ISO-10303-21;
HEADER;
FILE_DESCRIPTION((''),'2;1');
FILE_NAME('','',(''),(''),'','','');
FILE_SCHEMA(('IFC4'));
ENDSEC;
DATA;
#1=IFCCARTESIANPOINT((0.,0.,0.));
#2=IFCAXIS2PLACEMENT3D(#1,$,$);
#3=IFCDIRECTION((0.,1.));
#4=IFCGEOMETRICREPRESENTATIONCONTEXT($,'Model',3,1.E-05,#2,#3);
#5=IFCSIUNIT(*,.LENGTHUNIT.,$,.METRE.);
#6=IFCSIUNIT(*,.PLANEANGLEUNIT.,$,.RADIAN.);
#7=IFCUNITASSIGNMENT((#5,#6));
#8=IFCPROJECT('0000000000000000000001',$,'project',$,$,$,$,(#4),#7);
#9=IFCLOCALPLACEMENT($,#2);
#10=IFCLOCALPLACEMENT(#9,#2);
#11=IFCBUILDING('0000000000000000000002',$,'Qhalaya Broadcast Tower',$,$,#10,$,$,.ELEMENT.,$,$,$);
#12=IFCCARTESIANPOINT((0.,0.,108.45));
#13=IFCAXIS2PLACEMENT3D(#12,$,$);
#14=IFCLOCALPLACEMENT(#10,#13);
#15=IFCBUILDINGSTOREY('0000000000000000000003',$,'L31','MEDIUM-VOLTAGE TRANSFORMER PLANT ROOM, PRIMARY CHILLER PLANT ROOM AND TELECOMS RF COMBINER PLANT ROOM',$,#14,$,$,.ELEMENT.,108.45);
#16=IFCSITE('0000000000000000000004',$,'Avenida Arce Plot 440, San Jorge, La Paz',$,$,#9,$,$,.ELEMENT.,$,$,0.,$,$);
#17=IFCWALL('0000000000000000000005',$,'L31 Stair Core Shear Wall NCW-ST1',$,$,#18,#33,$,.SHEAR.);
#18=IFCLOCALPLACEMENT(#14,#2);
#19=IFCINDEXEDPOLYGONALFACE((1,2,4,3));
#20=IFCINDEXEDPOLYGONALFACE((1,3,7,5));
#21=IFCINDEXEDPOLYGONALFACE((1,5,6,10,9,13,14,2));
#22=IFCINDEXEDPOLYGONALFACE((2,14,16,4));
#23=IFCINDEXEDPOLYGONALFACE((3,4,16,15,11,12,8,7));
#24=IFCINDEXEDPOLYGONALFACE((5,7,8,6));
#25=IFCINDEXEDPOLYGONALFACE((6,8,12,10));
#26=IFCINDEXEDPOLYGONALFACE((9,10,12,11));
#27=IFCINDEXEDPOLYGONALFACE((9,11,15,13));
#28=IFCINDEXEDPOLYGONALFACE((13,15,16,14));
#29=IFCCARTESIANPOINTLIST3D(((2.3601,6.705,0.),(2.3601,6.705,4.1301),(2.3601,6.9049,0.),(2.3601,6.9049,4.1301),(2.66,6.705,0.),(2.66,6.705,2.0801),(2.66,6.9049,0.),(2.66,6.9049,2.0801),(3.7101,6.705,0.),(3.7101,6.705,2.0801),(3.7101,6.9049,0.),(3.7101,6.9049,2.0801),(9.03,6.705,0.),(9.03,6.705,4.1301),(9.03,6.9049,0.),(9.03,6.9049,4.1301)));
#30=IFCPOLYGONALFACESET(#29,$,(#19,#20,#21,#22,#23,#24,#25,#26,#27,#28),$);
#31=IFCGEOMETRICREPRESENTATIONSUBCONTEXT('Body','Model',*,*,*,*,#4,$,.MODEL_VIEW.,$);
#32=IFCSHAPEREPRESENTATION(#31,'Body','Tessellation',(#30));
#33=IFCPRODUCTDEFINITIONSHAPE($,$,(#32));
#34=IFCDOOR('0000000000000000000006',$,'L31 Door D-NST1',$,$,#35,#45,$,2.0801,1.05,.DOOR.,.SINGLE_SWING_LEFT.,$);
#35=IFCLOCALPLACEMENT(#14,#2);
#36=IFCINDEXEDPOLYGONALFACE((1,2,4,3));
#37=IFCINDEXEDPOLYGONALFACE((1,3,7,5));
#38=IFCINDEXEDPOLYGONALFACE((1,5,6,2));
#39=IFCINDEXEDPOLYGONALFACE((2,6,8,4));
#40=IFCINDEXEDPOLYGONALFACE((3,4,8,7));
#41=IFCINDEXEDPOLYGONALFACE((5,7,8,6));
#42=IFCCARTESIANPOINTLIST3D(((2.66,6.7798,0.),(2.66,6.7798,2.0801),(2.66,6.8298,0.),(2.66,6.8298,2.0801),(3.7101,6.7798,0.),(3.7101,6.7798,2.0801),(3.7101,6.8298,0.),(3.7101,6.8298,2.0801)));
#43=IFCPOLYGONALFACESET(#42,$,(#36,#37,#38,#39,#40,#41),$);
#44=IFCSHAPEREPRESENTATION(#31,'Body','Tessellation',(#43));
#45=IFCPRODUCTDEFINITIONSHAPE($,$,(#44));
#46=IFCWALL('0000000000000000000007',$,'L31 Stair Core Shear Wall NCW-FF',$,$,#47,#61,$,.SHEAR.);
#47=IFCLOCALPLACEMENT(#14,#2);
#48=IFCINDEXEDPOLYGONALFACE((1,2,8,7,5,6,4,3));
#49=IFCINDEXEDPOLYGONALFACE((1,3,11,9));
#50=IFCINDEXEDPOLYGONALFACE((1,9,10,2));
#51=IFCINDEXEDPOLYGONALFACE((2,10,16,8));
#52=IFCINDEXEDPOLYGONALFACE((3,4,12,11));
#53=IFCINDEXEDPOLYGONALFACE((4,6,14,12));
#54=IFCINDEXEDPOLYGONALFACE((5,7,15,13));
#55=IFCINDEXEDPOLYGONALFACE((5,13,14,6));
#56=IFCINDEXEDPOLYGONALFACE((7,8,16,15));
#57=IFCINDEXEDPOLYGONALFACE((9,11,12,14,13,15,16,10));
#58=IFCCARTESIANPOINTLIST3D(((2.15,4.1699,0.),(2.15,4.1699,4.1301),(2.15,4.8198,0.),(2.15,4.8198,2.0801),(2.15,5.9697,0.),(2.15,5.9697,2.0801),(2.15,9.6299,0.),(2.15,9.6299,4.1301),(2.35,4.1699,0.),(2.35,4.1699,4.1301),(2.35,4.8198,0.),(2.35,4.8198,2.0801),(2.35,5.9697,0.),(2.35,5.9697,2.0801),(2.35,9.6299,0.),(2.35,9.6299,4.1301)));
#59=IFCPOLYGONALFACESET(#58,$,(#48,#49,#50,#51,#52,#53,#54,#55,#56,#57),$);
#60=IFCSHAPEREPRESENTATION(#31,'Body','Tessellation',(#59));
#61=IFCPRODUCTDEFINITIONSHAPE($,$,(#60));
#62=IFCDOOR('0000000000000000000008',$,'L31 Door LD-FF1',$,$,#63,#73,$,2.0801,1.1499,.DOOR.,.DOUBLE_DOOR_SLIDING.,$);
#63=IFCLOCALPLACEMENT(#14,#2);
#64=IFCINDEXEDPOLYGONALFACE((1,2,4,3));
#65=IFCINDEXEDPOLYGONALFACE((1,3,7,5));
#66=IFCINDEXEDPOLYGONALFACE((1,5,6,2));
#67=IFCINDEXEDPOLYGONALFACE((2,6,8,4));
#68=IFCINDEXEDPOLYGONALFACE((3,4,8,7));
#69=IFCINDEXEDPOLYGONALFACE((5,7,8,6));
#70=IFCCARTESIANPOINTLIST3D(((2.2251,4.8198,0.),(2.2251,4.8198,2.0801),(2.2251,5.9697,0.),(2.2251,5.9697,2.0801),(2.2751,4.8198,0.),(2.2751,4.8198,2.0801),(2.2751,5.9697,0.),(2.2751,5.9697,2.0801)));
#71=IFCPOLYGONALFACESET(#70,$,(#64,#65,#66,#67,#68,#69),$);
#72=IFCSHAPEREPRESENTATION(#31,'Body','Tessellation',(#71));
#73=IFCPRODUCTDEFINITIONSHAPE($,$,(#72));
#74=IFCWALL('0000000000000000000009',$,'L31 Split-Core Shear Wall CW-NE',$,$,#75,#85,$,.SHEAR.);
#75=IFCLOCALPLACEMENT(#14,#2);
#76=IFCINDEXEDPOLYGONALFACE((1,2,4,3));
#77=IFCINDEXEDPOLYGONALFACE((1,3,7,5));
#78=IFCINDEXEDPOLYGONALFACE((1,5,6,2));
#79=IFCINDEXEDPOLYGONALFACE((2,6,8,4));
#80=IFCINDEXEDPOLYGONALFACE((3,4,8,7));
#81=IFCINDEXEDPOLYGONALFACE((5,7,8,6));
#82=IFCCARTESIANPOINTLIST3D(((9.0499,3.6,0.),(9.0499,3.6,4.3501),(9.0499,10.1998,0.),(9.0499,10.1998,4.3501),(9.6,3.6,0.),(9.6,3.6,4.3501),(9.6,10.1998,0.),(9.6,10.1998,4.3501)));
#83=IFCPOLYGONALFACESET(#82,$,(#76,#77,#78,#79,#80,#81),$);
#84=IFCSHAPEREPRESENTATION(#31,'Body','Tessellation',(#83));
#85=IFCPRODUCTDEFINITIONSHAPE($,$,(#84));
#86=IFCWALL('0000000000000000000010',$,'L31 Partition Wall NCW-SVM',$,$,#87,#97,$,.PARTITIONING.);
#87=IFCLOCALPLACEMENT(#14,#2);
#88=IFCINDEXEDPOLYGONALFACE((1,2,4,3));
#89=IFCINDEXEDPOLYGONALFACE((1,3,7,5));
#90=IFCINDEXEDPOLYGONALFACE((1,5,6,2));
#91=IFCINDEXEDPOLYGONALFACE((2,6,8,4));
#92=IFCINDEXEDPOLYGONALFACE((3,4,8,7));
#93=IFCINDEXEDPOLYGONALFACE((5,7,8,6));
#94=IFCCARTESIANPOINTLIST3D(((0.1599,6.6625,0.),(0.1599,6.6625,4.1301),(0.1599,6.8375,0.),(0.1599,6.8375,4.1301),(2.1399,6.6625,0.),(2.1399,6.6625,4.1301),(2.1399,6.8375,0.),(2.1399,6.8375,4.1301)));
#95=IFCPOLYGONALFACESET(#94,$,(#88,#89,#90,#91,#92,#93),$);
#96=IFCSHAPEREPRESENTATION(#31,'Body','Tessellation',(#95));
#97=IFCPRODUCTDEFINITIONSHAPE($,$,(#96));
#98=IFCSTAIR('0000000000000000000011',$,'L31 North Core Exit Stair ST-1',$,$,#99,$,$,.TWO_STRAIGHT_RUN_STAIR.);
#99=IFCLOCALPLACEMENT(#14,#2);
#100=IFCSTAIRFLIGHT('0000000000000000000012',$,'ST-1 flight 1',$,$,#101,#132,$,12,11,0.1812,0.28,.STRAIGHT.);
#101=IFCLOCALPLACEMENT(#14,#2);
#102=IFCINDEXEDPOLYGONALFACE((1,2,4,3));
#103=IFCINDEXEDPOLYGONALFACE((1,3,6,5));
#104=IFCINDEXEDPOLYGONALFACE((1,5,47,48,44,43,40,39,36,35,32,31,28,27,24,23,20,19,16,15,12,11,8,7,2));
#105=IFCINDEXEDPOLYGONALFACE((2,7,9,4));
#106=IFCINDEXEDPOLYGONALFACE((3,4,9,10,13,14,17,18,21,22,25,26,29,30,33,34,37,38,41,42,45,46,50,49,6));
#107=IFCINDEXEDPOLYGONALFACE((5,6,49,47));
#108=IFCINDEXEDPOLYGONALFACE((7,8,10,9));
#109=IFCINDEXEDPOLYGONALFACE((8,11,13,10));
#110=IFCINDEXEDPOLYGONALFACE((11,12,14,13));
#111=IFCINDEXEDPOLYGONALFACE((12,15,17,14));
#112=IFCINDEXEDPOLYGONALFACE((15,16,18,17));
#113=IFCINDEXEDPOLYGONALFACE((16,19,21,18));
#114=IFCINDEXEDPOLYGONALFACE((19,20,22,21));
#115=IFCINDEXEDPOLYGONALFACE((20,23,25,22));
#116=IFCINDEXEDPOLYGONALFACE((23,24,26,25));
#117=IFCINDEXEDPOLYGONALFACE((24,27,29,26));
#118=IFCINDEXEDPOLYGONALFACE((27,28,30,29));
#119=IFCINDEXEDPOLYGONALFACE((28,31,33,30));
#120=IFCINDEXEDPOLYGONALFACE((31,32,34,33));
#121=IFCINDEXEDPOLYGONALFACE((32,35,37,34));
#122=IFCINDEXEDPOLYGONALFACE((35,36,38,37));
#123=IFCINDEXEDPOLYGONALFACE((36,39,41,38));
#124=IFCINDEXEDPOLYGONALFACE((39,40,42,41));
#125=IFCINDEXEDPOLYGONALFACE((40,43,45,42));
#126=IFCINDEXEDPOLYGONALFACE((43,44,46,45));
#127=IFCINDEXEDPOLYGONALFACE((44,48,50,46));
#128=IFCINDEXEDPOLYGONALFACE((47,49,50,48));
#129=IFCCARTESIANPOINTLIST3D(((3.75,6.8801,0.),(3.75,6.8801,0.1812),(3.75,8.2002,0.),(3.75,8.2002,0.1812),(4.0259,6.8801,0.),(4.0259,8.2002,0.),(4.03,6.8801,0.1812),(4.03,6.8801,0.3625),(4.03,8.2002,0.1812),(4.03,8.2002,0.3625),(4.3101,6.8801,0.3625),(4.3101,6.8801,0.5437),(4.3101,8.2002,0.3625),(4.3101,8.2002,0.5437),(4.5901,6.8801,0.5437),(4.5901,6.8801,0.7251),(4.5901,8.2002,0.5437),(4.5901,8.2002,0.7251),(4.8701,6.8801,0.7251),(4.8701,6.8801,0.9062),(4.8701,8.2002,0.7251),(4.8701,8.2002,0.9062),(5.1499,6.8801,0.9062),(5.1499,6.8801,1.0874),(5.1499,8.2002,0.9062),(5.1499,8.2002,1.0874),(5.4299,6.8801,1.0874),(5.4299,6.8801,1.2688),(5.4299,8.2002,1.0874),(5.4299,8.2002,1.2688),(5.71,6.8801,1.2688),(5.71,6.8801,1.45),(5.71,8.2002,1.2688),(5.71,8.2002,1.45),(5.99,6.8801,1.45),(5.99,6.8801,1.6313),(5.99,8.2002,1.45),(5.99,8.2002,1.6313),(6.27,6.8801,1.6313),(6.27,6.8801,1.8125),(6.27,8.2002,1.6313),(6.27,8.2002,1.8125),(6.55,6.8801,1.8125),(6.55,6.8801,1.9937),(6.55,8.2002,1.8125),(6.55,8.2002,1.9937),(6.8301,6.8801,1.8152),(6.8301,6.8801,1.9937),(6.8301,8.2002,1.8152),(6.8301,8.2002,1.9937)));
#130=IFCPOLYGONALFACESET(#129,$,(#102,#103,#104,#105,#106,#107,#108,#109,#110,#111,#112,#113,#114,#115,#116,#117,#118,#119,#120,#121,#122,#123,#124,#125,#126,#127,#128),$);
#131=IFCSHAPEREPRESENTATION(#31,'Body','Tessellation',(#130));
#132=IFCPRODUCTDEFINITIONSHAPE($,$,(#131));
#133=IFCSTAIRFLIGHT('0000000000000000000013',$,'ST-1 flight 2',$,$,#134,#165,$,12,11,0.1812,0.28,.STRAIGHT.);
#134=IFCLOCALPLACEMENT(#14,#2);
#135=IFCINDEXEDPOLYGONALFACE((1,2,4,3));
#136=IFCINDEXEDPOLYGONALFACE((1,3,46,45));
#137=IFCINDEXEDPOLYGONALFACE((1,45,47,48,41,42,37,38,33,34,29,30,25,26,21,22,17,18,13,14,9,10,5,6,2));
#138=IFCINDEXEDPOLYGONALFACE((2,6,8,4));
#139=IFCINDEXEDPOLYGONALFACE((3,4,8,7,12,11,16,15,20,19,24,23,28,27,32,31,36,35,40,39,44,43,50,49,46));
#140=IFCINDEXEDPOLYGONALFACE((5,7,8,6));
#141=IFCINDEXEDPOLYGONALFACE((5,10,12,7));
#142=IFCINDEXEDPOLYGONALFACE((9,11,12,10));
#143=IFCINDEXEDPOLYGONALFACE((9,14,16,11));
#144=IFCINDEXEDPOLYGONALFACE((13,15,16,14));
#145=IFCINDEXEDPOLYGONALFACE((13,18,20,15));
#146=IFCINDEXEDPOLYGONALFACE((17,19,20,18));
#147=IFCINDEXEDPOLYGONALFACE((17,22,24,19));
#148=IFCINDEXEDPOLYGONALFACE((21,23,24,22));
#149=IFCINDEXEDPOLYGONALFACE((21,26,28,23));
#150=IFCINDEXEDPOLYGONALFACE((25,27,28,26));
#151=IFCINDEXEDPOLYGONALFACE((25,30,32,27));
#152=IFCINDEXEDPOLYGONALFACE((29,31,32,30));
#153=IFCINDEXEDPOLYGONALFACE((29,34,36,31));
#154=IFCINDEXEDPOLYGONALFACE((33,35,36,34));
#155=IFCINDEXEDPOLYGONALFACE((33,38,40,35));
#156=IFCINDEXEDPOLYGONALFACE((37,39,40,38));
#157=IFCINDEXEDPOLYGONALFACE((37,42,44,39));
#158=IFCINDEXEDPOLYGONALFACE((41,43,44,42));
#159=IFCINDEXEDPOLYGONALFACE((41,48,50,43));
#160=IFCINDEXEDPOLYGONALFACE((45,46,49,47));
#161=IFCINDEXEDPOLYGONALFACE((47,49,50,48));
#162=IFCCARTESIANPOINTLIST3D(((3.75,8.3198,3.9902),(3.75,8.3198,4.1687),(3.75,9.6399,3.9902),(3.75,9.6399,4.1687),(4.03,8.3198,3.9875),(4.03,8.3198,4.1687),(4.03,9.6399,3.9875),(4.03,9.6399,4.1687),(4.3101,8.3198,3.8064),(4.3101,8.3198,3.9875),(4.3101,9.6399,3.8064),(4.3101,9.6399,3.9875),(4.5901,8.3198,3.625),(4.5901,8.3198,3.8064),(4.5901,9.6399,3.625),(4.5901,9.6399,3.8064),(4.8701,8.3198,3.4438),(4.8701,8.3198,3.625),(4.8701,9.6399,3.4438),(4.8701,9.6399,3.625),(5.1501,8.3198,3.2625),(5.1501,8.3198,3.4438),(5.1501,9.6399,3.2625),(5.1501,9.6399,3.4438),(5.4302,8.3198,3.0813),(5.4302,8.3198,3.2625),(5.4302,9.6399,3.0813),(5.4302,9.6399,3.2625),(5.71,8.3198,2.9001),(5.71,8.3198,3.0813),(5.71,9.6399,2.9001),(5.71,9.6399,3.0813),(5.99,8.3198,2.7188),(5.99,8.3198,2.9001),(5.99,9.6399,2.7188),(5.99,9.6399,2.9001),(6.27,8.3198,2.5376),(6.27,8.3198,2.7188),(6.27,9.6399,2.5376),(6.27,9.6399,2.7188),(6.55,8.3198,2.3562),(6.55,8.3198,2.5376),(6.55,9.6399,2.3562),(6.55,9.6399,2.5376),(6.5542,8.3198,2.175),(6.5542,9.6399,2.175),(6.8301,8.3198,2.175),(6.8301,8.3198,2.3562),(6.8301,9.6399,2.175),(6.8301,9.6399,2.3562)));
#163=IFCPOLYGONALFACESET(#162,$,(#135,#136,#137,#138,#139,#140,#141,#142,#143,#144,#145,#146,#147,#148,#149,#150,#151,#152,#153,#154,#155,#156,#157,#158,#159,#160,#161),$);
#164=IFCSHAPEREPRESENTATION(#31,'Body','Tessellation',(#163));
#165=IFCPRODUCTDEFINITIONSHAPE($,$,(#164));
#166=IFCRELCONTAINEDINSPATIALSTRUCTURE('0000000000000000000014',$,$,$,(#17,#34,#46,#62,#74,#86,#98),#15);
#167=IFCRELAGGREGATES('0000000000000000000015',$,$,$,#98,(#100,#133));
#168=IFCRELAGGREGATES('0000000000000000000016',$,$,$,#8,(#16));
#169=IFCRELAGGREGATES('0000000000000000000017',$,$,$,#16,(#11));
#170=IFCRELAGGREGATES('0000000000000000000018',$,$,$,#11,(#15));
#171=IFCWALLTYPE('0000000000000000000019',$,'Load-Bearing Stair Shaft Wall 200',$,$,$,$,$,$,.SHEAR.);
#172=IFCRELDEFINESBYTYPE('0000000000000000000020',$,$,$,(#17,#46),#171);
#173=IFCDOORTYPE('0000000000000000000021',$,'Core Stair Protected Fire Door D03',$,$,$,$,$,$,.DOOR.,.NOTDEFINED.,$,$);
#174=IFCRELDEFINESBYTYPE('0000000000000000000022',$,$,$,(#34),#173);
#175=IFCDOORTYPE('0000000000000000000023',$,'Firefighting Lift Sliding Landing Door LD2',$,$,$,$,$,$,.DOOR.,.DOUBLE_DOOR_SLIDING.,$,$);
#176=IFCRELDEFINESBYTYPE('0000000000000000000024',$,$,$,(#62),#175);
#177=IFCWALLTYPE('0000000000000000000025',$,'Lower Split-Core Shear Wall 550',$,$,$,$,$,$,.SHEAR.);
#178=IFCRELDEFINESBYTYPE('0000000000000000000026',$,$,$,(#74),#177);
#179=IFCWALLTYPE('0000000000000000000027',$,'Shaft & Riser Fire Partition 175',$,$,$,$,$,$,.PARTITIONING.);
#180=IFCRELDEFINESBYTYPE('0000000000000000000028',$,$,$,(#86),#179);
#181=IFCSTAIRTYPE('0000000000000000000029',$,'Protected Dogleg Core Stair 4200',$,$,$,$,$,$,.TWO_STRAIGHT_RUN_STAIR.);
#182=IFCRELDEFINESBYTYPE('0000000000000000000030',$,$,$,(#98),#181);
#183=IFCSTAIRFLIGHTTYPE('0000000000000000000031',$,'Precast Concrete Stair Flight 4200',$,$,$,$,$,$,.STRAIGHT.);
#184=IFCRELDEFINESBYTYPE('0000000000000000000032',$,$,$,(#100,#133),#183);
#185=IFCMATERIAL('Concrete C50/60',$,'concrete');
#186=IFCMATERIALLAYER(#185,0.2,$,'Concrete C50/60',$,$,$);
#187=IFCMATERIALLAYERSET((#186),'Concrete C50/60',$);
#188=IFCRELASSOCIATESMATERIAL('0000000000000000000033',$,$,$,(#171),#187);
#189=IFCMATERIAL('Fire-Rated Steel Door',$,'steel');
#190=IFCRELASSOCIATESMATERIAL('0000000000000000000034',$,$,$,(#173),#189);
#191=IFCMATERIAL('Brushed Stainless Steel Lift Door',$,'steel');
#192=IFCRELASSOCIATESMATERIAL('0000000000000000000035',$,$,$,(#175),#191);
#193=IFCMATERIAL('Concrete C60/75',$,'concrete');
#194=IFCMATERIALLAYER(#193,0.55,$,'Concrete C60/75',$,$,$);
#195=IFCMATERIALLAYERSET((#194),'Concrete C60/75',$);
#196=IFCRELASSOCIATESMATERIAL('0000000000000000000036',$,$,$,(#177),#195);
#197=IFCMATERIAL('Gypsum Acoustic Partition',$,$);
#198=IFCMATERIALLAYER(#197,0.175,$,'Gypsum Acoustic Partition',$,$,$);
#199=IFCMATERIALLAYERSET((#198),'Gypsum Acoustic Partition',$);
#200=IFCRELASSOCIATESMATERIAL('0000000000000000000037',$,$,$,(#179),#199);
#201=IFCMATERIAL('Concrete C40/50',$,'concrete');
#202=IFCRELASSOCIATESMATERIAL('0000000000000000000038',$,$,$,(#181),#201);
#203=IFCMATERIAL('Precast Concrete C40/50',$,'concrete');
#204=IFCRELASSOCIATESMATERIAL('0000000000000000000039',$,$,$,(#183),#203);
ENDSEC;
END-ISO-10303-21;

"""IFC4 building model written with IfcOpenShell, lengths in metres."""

from ifc_helpers import new_model, si_unit, direction, frame, frame_2d, origin, place, context, subcontext, project, spatial, polyline, rectangle, outline, extrude, material, layer, layer_set, type_object, element, fill, aggregate, save


model = new_model("IFC4")

# Units and contexts
model_context = context("Model", 3, precision=1e-05, world=origin(), true_north=direction((0.0, 1.0)))
body_context = subcontext(model_context, "Body", "Model", "MODEL_VIEW")
ifc_project = project(units=[si_unit("LENGTHUNIT", "METRE"), si_unit("PLANEANGLEUNIT", "RADIAN")], contexts=[model_context])

# Site, building, storey
site_placement = place(None, origin())
site = spatial("IfcSite", under=ifc_project, at=site_placement, Name="Avenida Arce Plot 440, San Jorge, La Paz", CompositionType="ELEMENT", RefElevation=0.0)
building_placement = place(site_placement, origin())
building = spatial("IfcBuilding", under=site, at=building_placement, Name="Qhalaya Broadcast Tower", CompositionType="ELEMENT")
storey_placement = place(building_placement, frame((0.0, 0.0, 108.45)))
storey = spatial("IfcBuildingStorey", under=building, at=storey_placement, Name="L31", Description="MEDIUM-VOLTAGE TRANSFORMER PLANT ROOM, PRIMARY CHILLER PLANT ROOM AND TELECOMS RF COMBINER PLANT ROOM", CompositionType="ELEMENT", Elevation=108.45)

# Shared definitions
ifc_material_1 = material(Name="Concrete C50/60", Category="concrete")

# Walls, openings, doors
ifc_material_2 = material(Name="Gypsum Acoustic Partition")
ifc_material_3 = material(Name="Fire-Rated Steel Door", Category="steel")
ifc_layer_1 = layer(ifc_material_1, 0.2, Name="Concrete C50/60")
ifc_layer_set_1 = layer_set([ifc_layer_1], Name="Concrete C50/60")
wall_type_1 = type_object("IfcWallType", Name="Load-Bearing Stair Shaft Wall 200", PredefinedType="SHEAR", material=ifc_layer_set_1)
wall_1_placement = place(storey_placement, frame((2.3601, 6.8049, 0.0), z_axis=(0.0, 0.0, 1.0), x_axis=(1.0, 0.0, 0.0)))
wall_1 = element("IfcWall", 1, at=wall_1_placement, inside=storey, type_object=wall_type_1, Name="L31 Stair Core Shear Wall NCW-ST1", PredefinedType="SHEAR", context=body_context, shape_type="SweptSolid", body=[
    extrude(rectangle(XDim=6.6699, YDim=0.2, at=frame_2d((3.335, 0.0))), origin(), (0.0, 0.0, 1.0), 4.1301),
])
opening_1_placement = place(wall_1_placement, frame((0.3, 0.0, 0.0)))
opening_1 = element("IfcOpeningElement", 2, at=opening_1_placement, cuts=wall_1, PredefinedType="OPENING", context=body_context, shape_type="SweptSolid", body=[
    extrude(rectangle(XDim=1.05, YDim=2.0801, at=frame_2d((0.5249, 1.04))), frame((0.0, 0.1121, 0.0), z_axis=(0.0, -1.0, 0.0), x_axis=(1.0, 0.0, 0.0)), (0.0, 0.0, 1.0), 0.2239),
])
door_type_1 = type_object("IfcDoorType", Name="Core Stair Protected Fire Door D03", OperationType="NOTDEFINED", PredefinedType="DOOR", material=ifc_material_3)
door_1_placement = place(opening_1_placement, origin())
door_1 = element("IfcDoor", 3, at=door_1_placement, inside=storey, type_object=door_type_1, Name="L31 Door D-NST1", OperationType="SINGLE_SWING_LEFT", OverallHeight=2.0801, OverallWidth=1.05, PredefinedType="DOOR", context=body_context, shape_type="SweptSolid", body=[
    extrude(rectangle(XDim=1.05, YDim=2.0801, at=frame_2d((0.5249, 1.04))), frame((0.0, 0.0249, 0.0), z_axis=(0.0, -1.0, 0.0), x_axis=(1.0, 0.0, 0.0)), (0.0, 0.0, 1.0), 0.05),
])
fill(opening_1, door_1)
wall_2_placement = place(storey_placement, frame((2.25, 4.1699, 0.0), z_axis=(0.0, 0.0, 1.0), x_axis=(0.0, 1.0, 0.0)))
wall_2 = element("IfcWall", 4, at=wall_2_placement, inside=storey, type_object=wall_type_1, Name="L31 Stair Core Shear Wall NCW-FF", PredefinedType="SHEAR", context=body_context, shape_type="SweptSolid", body=[
    extrude(rectangle(XDim=5.46, YDim=0.2, at=frame_2d((2.73, 0.0))), origin(), (0.0, 0.0, 1.0), 4.1301),
])
opening_2_placement = place(wall_2_placement, frame((0.6499, 0.0, 0.0)))
opening_2 = element("IfcOpeningElement", 5, at=opening_2_placement, cuts=wall_2, PredefinedType="OPENING", context=body_context, shape_type="SweptSolid", body=[
    extrude(rectangle(XDim=1.1499, YDim=2.0801, at=frame_2d((0.575, 1.04))), frame((0.0, 0.1121, 0.0), z_axis=(0.0, -1.0, 0.0), x_axis=(1.0, 0.0, 0.0)), (0.0, 0.0, 1.0), 0.2239),
])
ifc_material_4 = material(Name="Brushed Stainless Steel Lift Door", Category="steel")
door_type_2 = type_object("IfcDoorType", Name="Firefighting Lift Sliding Landing Door LD2", OperationType="DOUBLE_DOOR_SLIDING", PredefinedType="DOOR", material=ifc_material_4)
door_2_placement = place(opening_2_placement, origin())
door_2 = element("IfcDoor", 6, at=door_2_placement, inside=storey, type_object=door_type_2, Name="L31 Door LD-FF1", OperationType="DOUBLE_DOOR_SLIDING", OverallHeight=2.0801, OverallWidth=1.1499, PredefinedType="DOOR", context=body_context, shape_type="SweptSolid", body=[
    extrude(rectangle(XDim=1.1499, YDim=2.0801, at=frame_2d((0.575, 1.04))), frame((0.0, 0.0249, 0.0), z_axis=(0.0, -1.0, 0.0), x_axis=(1.0, 0.0, 0.0)), (0.0, 0.0, 1.0), 0.05),
])
fill(opening_2, door_2)

# Wall
ifc_material_5 = material(Name="Concrete C60/75", Category="concrete")
ifc_layer_2 = layer(ifc_material_5, 0.55, Name="Concrete C60/75")
ifc_layer_set_2 = layer_set([ifc_layer_2], Name="Concrete C60/75")
wall_type_2 = type_object("IfcWallType", Name="Lower Split-Core Shear Wall 550", PredefinedType="SHEAR", material=ifc_layer_set_2)
wall_3_placement = place(storey_placement, frame((9.325, 3.6001, 0.0), z_axis=(0.0, 0.0, 1.0), x_axis=(0.0, 1.0, 0.0)))
element("IfcWall", 7, at=wall_3_placement, inside=storey, type_object=wall_type_2, Name="L31 Split-Core Shear Wall CW-NE", PredefinedType="SHEAR", context=body_context, shape_type="SweptSolid", body=[
    extrude(rectangle(XDim=6.5999, YDim=0.55, at=frame_2d((3.2998, 0.0))), origin(), (0.0, 0.0, 1.0), 4.3501),
])

# Shared definitions
ifc_layer_3 = layer(ifc_material_2, 0.175, Name="Gypsum Acoustic Partition")
ifc_layer_set_3 = layer_set([ifc_layer_3], Name="Gypsum Acoustic Partition")
wall_type_3 = type_object("IfcWallType", Name="Shaft & Riser Fire Partition 175", PredefinedType="PARTITIONING", material=ifc_layer_set_3)

# Wall
wall_4_placement = place(storey_placement, frame((0.1599, 6.75, 0.0), z_axis=(0.0, 0.0, 1.0), x_axis=(1.0, 0.0, 0.0)))
element("IfcWall", 8, at=wall_4_placement, inside=storey, type_object=wall_type_3, Name="L31 Partition Wall NCW-SVM", PredefinedType="PARTITIONING", context=body_context, shape_type="SweptSolid", body=[
    extrude(rectangle(XDim=1.98, YDim=0.175, at=frame_2d((0.99, 0.0))), origin(), (0.0, 0.0, 1.0), 4.1301),
])

# Stair, stair flights
ifc_material_6 = material(Name="Concrete C40/50", Category="concrete")
stair_type = type_object("IfcStairType", Name="Protected Dogleg Core Stair 4200", PredefinedType="TWO_STRAIGHT_RUN_STAIR", material=ifc_material_6)
stair_placement = place(storey_placement, origin())
stair = element("IfcStair", 9, at=stair_placement, inside=storey, type_object=stair_type, Name="L31 North Core Exit Stair ST-1", PredefinedType="TWO_STRAIGHT_RUN_STAIR")
ifc_material_7 = material(Name="Precast Concrete C40/50", Category="concrete")
stair_flight_type = type_object("IfcStairFlightType", Name="Precast Concrete Stair Flight 4200", PredefinedType="STRAIGHT", material=ifc_material_7)
stair_flight_1_placement = place(storey_placement, frame((3.75, 7.54, 0.0), z_axis=(0.0, 0.0, 1.0), x_axis=(1.0, 0.0, 0.0)))
stair_flight_1 = element("IfcStairFlight", 10, at=stair_flight_1_placement, type_object=stair_flight_type, Name="ST-1 flight 1", NumberOfRisers=12, NumberOfTreads=11, PredefinedType="STRAIGHT", RiserHeight=0.1812, TreadLength=0.28, context=body_context, shape_type="SweptSolid", body=[
    extrude(outline(polyline([(0.0, 0.0), (0.0, 0.1812), (0.28, 0.1812), (0.28, 0.3625), (0.5601, 0.3625), (0.5601, 0.5437), (0.8401, 0.5437), (0.8401, 0.7251), (1.1201, 0.7251), (1.1201, 0.9062), (1.3999, 0.9062), (1.3999, 1.0874), (1.6799, 1.0874), (1.6799, 1.2688), (1.96, 1.2688), (1.96, 1.45), (2.24, 1.45), (2.24, 1.6313), (2.52, 1.6313), (2.52, 1.8125), (2.8, 1.8125), (2.8, 1.9937), (3.0801, 1.9937), (3.0801, 2.175), (3.0801, 1.8152), (0.2759, 0.0), (0.0, 0.0)])), frame((0.0, 0.6602, 0.0), z_axis=(0.0, -1.0, 0.0), x_axis=(1.0, 0.0, 0.0)), (0.0, 0.0, 1.0), 1.3201),
])
stair_flight_2_placement = place(storey_placement, frame((6.8301, 8.98, 2.175), z_axis=(0.0, 0.0, 1.0), x_axis=(-1.0, 0.0, 0.0)))
stair_flight_2 = element("IfcStairFlight", 11, at=stair_flight_2_placement, type_object=stair_flight_type, Name="ST-1 flight 2", NumberOfRisers=12, NumberOfTreads=11, PredefinedType="STRAIGHT", RiserHeight=0.1812, TreadLength=0.28, context=body_context, shape_type="SweptSolid", body=[
    extrude(outline(polyline([(0.0, 0.0), (0.0, 0.1812), (0.28, 0.1812), (0.28, 0.3625), (0.5601, 0.3625), (0.5601, 0.5437), (0.8401, 0.5437), (0.8401, 0.7251), (1.1201, 0.7251), (1.1201, 0.9062), (1.3999, 0.9062), (1.3999, 1.0874), (1.6799, 1.0874), (1.6799, 1.2688), (1.96, 1.2688), (1.96, 1.45), (2.24, 1.45), (2.24, 1.6313), (2.52, 1.6313), (2.52, 1.8125), (2.8, 1.8125), (2.8, 1.9937), (3.0801, 1.9937), (3.0801, 2.175), (3.0801, 1.8152), (0.2759, 0.0), (0.0, 0.0)])), frame((0.0, 0.6602, 0.0), z_axis=(0.0, -1.0, 0.0), x_axis=(1.0, 0.0, 0.0)), (0.0, 0.0, 1.0), 1.3201),
])
aggregate(stair, [stair_flight_1, stair_flight_2])

save(model, "model.ifc")
